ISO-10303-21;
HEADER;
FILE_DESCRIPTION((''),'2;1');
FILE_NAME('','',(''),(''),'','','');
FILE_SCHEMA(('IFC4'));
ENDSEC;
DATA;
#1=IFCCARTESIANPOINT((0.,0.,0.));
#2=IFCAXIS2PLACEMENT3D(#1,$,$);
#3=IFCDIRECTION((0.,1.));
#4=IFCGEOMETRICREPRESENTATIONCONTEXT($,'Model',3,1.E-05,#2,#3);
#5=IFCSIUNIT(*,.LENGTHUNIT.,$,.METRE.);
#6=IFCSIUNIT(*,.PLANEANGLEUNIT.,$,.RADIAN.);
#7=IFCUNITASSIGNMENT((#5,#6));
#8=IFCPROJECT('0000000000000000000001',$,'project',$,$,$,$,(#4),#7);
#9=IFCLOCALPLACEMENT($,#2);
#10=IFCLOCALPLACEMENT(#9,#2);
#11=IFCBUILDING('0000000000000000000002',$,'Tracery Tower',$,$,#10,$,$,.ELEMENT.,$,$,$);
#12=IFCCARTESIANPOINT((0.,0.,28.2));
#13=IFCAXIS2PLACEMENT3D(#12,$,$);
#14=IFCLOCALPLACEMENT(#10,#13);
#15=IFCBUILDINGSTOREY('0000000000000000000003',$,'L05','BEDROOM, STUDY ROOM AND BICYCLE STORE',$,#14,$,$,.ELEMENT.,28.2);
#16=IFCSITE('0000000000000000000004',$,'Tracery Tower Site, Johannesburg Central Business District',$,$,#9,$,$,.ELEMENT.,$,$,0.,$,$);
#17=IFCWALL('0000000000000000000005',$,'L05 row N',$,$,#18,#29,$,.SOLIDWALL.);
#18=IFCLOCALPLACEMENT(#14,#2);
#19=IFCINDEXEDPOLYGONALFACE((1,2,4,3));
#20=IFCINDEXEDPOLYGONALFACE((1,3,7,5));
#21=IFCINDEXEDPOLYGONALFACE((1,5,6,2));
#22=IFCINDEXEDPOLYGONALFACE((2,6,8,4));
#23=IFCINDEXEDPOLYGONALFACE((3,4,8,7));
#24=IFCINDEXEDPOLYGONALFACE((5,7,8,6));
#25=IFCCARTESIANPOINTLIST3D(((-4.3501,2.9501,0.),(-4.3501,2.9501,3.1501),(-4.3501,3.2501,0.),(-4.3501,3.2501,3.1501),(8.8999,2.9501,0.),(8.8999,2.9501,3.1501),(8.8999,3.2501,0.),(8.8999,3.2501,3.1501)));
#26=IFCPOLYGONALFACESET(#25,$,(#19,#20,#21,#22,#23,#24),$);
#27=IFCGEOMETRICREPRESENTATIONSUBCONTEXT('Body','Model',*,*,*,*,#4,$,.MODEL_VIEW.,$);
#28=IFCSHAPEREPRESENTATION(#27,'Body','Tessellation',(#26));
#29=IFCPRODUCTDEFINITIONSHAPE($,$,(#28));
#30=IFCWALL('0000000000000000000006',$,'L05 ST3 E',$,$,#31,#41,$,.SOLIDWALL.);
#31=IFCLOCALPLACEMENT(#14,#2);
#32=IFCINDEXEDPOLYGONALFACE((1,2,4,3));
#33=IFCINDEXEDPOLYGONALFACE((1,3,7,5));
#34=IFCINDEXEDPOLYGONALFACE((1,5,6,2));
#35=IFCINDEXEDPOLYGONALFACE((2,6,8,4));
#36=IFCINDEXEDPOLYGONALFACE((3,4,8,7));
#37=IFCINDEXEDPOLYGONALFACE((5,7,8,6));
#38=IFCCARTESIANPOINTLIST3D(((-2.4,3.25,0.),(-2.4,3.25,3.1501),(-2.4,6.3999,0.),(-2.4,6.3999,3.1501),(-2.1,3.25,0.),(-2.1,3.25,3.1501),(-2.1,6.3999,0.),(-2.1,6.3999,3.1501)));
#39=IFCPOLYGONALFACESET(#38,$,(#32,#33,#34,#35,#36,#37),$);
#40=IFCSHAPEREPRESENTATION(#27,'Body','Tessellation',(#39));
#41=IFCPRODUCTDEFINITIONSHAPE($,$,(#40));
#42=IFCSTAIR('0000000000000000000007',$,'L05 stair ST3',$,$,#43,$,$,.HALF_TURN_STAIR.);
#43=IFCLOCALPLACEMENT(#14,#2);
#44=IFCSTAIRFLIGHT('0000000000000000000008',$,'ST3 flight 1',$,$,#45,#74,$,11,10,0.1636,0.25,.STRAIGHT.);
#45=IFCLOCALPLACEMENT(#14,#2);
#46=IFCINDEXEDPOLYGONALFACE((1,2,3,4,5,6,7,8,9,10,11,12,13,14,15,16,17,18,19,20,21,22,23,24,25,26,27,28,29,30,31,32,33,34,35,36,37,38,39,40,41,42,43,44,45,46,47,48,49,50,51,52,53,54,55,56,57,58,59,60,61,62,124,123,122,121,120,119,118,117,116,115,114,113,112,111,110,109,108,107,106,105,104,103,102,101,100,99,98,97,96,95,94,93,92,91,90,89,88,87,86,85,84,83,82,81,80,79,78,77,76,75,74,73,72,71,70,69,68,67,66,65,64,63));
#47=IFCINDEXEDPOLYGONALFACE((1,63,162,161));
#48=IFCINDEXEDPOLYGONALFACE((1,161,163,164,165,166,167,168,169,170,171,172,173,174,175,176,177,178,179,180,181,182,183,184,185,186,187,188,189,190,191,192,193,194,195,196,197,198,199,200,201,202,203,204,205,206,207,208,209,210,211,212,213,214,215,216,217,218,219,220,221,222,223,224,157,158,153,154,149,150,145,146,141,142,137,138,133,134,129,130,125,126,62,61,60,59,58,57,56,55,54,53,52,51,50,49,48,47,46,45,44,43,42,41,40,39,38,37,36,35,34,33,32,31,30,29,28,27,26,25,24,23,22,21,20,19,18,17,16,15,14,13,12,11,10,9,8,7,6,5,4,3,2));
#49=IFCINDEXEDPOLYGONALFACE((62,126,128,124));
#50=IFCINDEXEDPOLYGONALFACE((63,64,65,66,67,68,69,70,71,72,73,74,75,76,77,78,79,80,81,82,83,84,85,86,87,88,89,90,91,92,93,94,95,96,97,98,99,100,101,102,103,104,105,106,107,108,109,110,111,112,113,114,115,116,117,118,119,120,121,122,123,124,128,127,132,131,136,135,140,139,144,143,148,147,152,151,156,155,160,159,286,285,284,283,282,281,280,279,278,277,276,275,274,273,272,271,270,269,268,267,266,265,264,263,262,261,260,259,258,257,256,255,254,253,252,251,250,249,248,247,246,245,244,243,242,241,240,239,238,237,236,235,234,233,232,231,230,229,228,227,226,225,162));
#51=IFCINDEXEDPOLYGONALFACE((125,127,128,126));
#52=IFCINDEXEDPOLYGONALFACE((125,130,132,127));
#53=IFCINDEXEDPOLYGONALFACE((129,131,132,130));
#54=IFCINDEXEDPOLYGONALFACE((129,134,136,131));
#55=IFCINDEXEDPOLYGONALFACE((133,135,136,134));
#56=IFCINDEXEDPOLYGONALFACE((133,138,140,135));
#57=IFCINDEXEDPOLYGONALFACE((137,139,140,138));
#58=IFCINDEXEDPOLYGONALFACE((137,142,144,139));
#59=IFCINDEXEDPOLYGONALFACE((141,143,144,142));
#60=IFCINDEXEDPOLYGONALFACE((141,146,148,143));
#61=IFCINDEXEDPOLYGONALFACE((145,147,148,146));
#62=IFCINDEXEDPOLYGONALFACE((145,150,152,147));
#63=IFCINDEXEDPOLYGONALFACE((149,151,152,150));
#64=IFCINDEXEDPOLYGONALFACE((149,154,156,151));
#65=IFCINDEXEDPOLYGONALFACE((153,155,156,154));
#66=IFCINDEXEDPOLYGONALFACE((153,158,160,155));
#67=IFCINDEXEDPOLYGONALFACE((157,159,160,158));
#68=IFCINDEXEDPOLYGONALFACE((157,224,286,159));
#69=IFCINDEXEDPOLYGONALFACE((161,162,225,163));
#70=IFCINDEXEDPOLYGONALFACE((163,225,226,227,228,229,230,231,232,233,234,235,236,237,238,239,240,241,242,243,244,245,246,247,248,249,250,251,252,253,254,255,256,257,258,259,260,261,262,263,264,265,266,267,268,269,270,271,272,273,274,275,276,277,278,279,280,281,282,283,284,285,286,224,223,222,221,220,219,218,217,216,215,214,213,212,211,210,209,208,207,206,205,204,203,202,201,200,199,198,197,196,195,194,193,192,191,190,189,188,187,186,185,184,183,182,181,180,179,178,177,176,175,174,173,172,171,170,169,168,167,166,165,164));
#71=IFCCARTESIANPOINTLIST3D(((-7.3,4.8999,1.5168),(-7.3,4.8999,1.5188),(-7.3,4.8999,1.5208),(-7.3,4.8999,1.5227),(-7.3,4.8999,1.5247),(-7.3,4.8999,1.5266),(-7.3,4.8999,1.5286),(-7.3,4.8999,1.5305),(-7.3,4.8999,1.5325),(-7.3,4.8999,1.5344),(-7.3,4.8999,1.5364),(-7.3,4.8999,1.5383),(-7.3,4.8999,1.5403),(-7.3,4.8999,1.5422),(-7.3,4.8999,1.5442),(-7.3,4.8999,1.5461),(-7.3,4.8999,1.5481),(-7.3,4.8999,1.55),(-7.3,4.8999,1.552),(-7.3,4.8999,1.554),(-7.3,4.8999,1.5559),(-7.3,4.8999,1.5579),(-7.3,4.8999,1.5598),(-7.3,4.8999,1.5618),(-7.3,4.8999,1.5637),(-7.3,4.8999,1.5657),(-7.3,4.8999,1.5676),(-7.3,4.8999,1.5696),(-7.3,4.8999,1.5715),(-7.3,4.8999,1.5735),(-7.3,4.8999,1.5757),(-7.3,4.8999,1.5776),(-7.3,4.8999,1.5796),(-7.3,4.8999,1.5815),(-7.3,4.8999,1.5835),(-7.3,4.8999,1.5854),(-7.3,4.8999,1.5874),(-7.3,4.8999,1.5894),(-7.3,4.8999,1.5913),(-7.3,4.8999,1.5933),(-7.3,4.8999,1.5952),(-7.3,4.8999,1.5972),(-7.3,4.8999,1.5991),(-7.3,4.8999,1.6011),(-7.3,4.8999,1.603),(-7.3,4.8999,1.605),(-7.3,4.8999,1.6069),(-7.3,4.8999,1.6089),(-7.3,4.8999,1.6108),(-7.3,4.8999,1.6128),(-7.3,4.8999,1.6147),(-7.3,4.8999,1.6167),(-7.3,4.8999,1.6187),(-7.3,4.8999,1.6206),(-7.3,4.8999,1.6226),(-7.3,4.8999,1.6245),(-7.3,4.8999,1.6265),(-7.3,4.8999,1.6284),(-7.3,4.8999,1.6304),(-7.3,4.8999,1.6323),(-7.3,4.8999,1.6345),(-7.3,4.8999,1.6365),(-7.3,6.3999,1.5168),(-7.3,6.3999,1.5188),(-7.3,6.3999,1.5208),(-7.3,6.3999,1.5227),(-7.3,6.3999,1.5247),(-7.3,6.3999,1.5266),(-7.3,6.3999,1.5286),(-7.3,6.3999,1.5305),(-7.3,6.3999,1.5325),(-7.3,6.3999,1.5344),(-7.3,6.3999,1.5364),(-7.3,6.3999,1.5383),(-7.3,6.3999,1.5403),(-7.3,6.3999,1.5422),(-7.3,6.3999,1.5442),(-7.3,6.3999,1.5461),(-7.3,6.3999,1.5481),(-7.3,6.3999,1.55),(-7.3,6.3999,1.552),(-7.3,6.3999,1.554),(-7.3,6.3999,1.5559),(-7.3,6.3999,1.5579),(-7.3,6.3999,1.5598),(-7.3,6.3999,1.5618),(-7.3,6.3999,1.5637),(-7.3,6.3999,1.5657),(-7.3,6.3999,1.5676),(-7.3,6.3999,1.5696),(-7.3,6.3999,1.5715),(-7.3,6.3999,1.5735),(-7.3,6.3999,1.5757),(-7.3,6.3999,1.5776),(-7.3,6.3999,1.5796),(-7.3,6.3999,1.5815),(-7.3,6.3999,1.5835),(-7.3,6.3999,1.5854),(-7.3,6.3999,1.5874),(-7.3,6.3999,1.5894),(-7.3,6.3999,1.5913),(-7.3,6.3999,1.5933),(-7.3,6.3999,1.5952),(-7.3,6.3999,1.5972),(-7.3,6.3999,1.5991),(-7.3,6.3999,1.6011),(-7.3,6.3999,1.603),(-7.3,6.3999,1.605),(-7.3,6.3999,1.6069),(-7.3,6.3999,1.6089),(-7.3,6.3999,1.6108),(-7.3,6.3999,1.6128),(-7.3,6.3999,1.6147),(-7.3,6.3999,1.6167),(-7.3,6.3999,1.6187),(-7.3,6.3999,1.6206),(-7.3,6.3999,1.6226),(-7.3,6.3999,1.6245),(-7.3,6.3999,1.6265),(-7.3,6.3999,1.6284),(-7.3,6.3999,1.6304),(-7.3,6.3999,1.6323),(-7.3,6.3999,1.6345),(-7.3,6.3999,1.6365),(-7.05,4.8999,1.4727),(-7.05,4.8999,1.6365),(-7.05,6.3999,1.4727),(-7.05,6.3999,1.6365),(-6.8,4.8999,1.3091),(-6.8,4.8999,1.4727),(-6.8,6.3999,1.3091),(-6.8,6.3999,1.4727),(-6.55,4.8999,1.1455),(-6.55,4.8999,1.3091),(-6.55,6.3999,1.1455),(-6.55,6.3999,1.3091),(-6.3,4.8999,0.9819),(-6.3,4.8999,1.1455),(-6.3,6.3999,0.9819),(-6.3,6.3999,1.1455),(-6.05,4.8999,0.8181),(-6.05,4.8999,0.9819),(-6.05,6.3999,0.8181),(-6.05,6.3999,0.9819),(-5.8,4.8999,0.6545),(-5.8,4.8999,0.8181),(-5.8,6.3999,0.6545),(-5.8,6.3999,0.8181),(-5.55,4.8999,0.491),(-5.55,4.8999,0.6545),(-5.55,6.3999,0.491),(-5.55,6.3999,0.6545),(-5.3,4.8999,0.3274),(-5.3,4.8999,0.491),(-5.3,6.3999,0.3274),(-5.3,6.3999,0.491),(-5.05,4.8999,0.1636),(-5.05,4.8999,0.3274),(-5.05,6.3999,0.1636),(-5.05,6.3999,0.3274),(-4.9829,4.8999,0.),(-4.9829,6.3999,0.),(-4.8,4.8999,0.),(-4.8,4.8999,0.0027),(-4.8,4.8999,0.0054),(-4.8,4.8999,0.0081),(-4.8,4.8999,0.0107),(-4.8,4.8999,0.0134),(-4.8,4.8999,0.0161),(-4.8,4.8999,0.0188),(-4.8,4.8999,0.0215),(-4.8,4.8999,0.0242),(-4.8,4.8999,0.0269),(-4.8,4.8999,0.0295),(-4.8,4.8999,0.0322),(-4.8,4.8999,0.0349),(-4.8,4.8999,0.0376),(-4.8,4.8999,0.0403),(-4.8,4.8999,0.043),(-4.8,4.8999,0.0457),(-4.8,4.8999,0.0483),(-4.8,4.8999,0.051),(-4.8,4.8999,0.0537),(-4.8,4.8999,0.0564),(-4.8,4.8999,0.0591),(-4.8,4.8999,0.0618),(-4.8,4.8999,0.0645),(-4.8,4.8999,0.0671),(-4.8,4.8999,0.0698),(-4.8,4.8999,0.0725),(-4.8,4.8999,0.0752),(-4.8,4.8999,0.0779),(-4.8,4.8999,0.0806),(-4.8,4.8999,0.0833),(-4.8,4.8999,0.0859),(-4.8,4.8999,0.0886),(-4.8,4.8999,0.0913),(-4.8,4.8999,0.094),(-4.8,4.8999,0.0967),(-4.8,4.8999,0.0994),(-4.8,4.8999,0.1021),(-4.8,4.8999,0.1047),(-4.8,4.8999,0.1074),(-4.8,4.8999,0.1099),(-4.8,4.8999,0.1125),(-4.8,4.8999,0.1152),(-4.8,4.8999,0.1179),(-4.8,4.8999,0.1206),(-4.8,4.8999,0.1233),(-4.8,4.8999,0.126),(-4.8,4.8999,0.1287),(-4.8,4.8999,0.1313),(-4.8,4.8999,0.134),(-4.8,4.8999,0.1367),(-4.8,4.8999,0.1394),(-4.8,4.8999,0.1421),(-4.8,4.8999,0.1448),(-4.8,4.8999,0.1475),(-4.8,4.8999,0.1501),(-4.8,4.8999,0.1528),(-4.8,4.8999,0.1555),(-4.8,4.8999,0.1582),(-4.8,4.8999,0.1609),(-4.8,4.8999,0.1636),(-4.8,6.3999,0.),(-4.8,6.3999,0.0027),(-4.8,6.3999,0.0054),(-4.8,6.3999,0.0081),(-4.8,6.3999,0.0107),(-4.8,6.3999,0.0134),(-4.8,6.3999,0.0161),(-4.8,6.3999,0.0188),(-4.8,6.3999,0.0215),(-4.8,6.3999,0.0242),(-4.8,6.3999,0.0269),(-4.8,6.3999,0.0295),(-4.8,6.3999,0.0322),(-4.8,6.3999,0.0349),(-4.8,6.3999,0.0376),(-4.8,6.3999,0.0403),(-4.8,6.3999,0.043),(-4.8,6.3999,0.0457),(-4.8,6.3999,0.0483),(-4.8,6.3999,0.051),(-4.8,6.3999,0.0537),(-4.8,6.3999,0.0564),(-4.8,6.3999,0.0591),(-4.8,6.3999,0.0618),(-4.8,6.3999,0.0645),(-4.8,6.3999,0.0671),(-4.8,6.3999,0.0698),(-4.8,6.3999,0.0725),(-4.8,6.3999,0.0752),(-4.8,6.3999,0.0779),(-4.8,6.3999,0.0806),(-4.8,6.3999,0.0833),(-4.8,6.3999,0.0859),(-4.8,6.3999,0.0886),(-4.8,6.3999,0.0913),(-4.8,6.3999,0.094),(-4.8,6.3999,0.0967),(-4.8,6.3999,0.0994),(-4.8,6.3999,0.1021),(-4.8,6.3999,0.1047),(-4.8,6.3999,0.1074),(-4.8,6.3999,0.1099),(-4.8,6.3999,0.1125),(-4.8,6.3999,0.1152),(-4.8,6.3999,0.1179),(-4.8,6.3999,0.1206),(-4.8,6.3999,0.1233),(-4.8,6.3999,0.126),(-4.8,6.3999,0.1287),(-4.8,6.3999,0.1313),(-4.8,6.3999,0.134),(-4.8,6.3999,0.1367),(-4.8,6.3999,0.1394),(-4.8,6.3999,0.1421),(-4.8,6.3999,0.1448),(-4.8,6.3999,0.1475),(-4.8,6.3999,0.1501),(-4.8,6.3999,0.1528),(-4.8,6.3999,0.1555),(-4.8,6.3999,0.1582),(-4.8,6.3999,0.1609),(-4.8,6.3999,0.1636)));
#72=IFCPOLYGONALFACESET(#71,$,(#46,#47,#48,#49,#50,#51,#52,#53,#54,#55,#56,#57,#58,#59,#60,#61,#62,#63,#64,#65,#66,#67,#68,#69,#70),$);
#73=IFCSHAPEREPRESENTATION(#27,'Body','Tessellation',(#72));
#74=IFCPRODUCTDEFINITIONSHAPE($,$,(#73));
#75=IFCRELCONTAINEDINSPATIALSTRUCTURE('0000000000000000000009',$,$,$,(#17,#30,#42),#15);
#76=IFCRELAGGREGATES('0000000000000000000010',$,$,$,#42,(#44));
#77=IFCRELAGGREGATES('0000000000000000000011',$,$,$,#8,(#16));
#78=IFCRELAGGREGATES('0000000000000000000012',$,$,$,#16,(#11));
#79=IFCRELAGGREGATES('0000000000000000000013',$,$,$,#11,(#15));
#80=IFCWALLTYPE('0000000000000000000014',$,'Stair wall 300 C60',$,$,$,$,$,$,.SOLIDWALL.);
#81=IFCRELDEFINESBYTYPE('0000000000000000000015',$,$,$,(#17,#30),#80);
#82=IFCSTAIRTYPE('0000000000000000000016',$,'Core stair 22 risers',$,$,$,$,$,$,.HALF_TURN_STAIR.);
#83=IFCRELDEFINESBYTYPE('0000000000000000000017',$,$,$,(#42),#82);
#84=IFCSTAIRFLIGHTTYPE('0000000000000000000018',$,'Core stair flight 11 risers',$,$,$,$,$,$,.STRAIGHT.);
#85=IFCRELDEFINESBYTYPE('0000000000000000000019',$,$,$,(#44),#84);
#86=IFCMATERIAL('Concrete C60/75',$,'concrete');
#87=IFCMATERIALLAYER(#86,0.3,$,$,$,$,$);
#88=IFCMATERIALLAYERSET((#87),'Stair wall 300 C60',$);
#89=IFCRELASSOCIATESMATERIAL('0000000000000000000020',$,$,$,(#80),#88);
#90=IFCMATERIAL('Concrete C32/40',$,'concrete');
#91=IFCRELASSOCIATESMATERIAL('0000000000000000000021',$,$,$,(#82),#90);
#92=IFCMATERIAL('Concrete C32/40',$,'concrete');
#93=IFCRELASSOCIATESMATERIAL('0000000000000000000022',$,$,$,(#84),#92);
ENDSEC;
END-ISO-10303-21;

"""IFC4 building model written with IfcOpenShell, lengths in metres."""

from ifc_helpers import new_model, si_unit, direction, frame, frame_2d, origin, place, context, subcontext, project, spatial, polyline, rectangle, outline, extrude, material, layer, layer_set, type_object, element, aggregate, save


model = new_model("IFC4")

# Units and contexts
model_context = context("Model", 3, precision=1e-05, world=origin(), true_north=direction((0.0, 1.0)))
body_context = subcontext(model_context, "Body", "Model", "MODEL_VIEW")
ifc_project = project(units=[si_unit("LENGTHUNIT", "METRE"), si_unit("PLANEANGLEUNIT", "RADIAN")], contexts=[model_context])

# Site, building, storey
site_placement = place(None, origin())
site = spatial("IfcSite", under=ifc_project, at=site_placement, Name="Tracery Tower Site, Johannesburg Central Business District", CompositionType="ELEMENT", RefElevation=0.0)
building_placement = place(site_placement, origin())
building = spatial("IfcBuilding", under=site, at=building_placement, Name="Tracery Tower", CompositionType="ELEMENT")
storey_placement = place(building_placement, frame((0.0, 0.0, 28.2)))
storey = spatial("IfcBuildingStorey", under=building, at=storey_placement, Name="L05", Description="BEDROOM, STUDY ROOM AND BICYCLE STORE", CompositionType="ELEMENT", Elevation=28.2)

# Walls
ifc_material_1 = material(Name="Concrete C60/75", Category="concrete")
ifc_layer_1 = layer(ifc_material_1, 0.3)
ifc_layer_set_1 = layer_set([ifc_layer_1], Name="Stair wall 300 C60")
wall_type_1 = type_object("IfcWallType", Name="Stair wall 300 C60", PredefinedType="SOLIDWALL", material=ifc_layer_set_1)
wall_1_placement = place(storey_placement, frame((-4.3501, 3.1001, 0.0), z_axis=(0.0, 0.0, 1.0), x_axis=(1.0, 0.0, 0.0)))
element("IfcWall", 1, at=wall_1_placement, inside=storey, type_object=wall_type_1, Name="L05 row N", PredefinedType="SOLIDWALL", context=body_context, shape_type="SweptSolid", body=[
    extrude(rectangle(XDim=13.25, YDim=0.3, at=frame_2d((6.625, 0.0))), origin(), (0.0, 0.0, 1.0), 3.1501),
])
wall_2_placement = place(storey_placement, frame((-2.25, 3.25, 0.0), z_axis=(0.0, 0.0, 1.0), x_axis=(0.0, 1.0, 0.0)))
element("IfcWall", 2, at=wall_2_placement, inside=storey, type_object=wall_type_1, Name="L05 ST3 E", PredefinedType="SOLIDWALL", context=body_context, shape_type="SweptSolid", body=[
    extrude(rectangle(XDim=3.1499, YDim=0.3, at=frame_2d((1.575, 0.0))), origin(), (0.0, 0.0, 1.0), 3.1501),
])

# Stair, stair flight
ifc_material_2 = material(Name="Concrete C32/40", Category="concrete")
stair_type = type_object("IfcStairType", Name="Core stair 22 risers", PredefinedType="HALF_TURN_STAIR", material=ifc_material_2)
stair_placement = place(storey_placement, origin())
stair = element("IfcStair", 3, at=stair_placement, inside=storey, type_object=stair_type, Name="L05 stair ST3", PredefinedType="HALF_TURN_STAIR")
ifc_material_3 = material(Name="Concrete C32/40", Category="concrete")
stair_flight_type = type_object("IfcStairFlightType", Name="Core stair flight 11 risers", PredefinedType="STRAIGHT", material=ifc_material_3)
stair_flight_1_placement = place(storey_placement, frame((-4.8, 5.6499, 0.0), z_axis=(0.0, 0.0, 1.0), x_axis=(-1.0, 0.0, 0.0)))
stair_flight_1 = element("IfcStairFlight", 4, at=stair_flight_1_placement, type_object=stair_flight_type, Name="ST3 flight 1", NumberOfRisers=11, NumberOfTreads=10, PredefinedType="STRAIGHT", RiserHeight=0.1636, TreadLength=0.25, context=body_context, shape_type="SweptSolid", body=[
    extrude(outline(polyline([(0.0, 0.0), (0.0, 0.0027), (0.0, 0.0054), (0.0, 0.0081), (0.0, 0.0107), (0.0, 0.0134), (0.0, 0.0161), (0.0, 0.0188), (0.0, 0.0215), (0.0, 0.0242), (0.0, 0.0269), (0.0, 0.0295), (0.0, 0.0322), (0.0, 0.0349), (0.0, 0.0376), (0.0, 0.0403), (0.0, 0.043), (0.0, 0.0457), (0.0, 0.0483), (0.0, 0.051), (0.0, 0.0537), (0.0, 0.0564), (0.0, 0.0591), (0.0, 0.0618), (0.0, 0.0645), (0.0, 0.0671), (0.0, 0.0698), (0.0, 0.0725), (0.0, 0.0752), (0.0, 0.0779), (0.0, 0.0806), (0.0, 0.0833), (0.0, 0.0859), (0.0, 0.0886), (0.0, 0.0913), (0.0, 0.094), (0.0, 0.0967), (0.0, 0.0994), (0.0, 0.1021), (0.0, 0.1047), (0.0, 0.1074), (0.0, 0.1099), (0.0, 0.1125), (0.0, 0.1152), (0.0, 0.1179), (0.0, 0.1206), (0.0, 0.1233), (0.0, 0.126), (0.0, 0.1287), (0.0, 0.1313), (0.0, 0.134), (0.0, 0.1367), (0.0, 0.1394), (0.0, 0.1421), (0.0, 0.1448), (0.0, 0.1475), (0.0, 0.1501), (0.0, 0.1528), (0.0, 0.1555), (0.0, 0.1582), (0.0, 0.1609), (0.0, 0.1636), (0.25, 0.1636), (0.25, 0.3274), (0.5, 0.3274), (0.5, 0.491), (0.75, 0.491), (0.75, 0.6545), (1.0, 0.6545), (1.0, 0.8181), (1.25, 0.8181), (1.25, 0.9819), (1.5, 0.9819), (1.5, 1.1455), (1.75, 1.1455), (1.75, 1.3091), (2.0, 1.3091), (2.0, 1.4727), (2.25, 1.4727), (2.25, 1.6365), (2.5, 1.6365), (2.5, 1.6345), (2.5, 1.6323), (2.5, 1.6304), (2.5, 1.6284), (2.5, 1.6265), (2.5, 1.6245), (2.5, 1.6226), (2.5, 1.6206), (2.5, 1.6187), (2.5, 1.6167), (2.5, 1.6147), (2.5, 1.6128), (2.5, 1.6108), (2.5, 1.6089), (2.5, 1.6069), (2.5, 1.605), (2.5, 1.603), (2.5, 1.6011), (2.5, 1.5991), (2.5, 1.5972), (2.5, 1.5952), (2.5, 1.5933), (2.5, 1.5913), (2.5, 1.5894), (2.5, 1.5874), (2.5, 1.5854), (2.5, 1.5835), (2.5, 1.5815), (2.5, 1.5796), (2.5, 1.5776), (2.5, 1.5757), (2.5, 1.5735), (2.5, 1.5715), (2.5, 1.5696), (2.5, 1.5676), (2.5, 1.5657), (2.5, 1.5637), (2.5, 1.5618), (2.5, 1.5598), (2.5, 1.5579), (2.5, 1.5559), (2.5, 1.554), (2.5, 1.552), (2.5, 1.55), (2.5, 1.5481), (2.5, 1.5461), (2.5, 1.5442), (2.5, 1.5422), (2.5, 1.5403), (2.5, 1.5383), (2.5, 1.5364), (2.5, 1.5344), (2.5, 1.5325), (2.5, 1.5305), (2.5, 1.5286), (2.5, 1.5266), (2.5, 1.5247), (2.5, 1.5227), (2.5, 1.5208), (2.5, 1.5188), (2.5, 1.5168), (0.1829, 0.0), (0.0, 0.0)])), frame((0.0, 0.75, 0.0), z_axis=(0.0, -1.0, 0.0), x_axis=(1.0, 0.0, 0.0)), (0.0, 0.0, 1.0), 1.5),
])
aggregate(stair, [stair_flight_1])

save(model, "model.ifc")
